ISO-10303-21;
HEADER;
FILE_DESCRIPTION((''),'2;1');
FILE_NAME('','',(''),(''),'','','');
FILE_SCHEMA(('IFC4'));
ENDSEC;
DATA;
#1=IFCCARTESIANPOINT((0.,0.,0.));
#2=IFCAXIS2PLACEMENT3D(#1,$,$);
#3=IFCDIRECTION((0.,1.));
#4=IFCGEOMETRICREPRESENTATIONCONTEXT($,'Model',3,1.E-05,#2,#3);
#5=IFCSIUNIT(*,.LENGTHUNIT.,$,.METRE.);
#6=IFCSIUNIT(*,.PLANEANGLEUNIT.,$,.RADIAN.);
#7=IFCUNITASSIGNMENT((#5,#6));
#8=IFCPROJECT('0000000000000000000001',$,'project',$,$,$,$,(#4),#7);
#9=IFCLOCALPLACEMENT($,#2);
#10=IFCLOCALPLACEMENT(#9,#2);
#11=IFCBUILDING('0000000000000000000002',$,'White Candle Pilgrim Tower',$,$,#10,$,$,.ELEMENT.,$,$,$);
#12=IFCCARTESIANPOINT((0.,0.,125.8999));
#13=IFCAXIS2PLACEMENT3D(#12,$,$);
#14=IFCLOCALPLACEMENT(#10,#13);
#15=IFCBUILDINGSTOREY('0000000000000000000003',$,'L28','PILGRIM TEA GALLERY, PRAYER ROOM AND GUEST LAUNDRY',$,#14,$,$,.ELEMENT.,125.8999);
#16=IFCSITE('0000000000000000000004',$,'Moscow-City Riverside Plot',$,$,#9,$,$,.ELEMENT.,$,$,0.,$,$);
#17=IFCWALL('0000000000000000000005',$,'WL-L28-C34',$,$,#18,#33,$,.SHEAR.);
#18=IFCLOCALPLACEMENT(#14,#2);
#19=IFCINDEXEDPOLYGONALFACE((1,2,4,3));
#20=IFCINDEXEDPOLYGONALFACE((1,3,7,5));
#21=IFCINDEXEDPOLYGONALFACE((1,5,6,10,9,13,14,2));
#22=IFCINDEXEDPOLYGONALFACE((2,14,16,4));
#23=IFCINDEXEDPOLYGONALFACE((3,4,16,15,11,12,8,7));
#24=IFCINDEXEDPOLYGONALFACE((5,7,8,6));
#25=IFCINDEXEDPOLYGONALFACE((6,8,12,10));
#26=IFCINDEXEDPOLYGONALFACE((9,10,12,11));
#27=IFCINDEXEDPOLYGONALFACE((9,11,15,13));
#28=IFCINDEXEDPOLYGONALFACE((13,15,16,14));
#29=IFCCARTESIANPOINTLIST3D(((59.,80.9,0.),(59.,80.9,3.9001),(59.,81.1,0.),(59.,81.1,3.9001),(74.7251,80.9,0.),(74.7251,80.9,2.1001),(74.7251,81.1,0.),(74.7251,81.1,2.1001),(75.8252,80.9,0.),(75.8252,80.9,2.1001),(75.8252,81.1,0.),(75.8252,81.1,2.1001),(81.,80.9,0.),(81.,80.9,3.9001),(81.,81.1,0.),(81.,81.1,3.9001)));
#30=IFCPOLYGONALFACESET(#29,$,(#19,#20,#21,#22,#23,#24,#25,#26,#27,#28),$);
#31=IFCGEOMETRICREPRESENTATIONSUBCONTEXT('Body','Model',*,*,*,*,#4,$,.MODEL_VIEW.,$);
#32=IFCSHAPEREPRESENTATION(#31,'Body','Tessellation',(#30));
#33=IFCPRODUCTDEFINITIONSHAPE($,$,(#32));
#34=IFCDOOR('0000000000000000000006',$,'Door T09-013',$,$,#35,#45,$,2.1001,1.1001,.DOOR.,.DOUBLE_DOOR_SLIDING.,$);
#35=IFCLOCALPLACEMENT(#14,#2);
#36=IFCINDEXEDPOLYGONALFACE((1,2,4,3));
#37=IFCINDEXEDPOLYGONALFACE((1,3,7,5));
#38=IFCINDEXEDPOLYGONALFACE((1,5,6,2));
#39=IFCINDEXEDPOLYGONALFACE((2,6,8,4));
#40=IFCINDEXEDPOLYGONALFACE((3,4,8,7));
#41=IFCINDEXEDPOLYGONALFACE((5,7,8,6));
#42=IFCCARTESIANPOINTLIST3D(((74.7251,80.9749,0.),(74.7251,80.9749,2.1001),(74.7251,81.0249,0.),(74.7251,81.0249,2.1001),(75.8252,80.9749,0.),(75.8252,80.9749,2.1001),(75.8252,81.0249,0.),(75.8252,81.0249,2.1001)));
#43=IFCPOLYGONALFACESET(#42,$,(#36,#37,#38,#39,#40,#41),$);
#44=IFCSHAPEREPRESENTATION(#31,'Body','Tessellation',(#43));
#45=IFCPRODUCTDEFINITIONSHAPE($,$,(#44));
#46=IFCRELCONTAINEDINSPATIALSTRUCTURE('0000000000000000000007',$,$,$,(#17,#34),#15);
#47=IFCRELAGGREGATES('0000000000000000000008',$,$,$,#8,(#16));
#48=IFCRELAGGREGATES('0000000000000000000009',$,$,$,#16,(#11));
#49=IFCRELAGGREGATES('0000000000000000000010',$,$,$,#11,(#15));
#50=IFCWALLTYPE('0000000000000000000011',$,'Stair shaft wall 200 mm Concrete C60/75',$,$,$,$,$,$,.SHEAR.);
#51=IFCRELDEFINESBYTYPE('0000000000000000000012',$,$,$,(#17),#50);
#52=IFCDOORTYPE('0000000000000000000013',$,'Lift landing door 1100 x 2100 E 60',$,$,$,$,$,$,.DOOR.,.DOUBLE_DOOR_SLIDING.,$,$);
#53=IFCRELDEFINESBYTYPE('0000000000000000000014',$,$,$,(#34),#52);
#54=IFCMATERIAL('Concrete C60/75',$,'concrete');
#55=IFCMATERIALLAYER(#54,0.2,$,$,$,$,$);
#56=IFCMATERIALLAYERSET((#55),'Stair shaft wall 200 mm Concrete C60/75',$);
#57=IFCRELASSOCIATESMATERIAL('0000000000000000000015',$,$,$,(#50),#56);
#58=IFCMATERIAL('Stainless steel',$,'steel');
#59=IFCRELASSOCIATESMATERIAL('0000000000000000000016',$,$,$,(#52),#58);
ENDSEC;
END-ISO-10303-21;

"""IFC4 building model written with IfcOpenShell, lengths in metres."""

from ifc_helpers import new_model, si_unit, direction, frame, frame_2d, origin, place, context, subcontext, project, spatial, rectangle, extrude, material, layer, layer_set, type_object, element, fill, save


model = new_model("IFC4")

# Units and contexts
model_context = context("Model", 3, precision=1e-05, world=origin(), true_north=direction((0.0, 1.0)))
body_context = subcontext(model_context, "Body", "Model", "MODEL_VIEW")
ifc_project = project(units=[si_unit("LENGTHUNIT", "METRE"), si_unit("PLANEANGLEUNIT", "RADIAN")], contexts=[model_context])

# Site, building, storey
site_placement = place(None, origin())
site = spatial("IfcSite", under=ifc_project, at=site_placement, Name="Moscow-City Riverside Plot", CompositionType="ELEMENT", RefElevation=0.0)
building_placement = place(site_placement, origin())
building = spatial("IfcBuilding", under=site, at=building_placement, Name="White Candle Pilgrim Tower", CompositionType="ELEMENT")
storey_placement = place(building_placement, frame((0.0, 0.0, 125.8999)))
storey = spatial("IfcBuildingStorey", under=building, at=storey_placement, Name="L28", Description="PILGRIM TEA GALLERY, PRAYER ROOM AND GUEST LAUNDRY", CompositionType="ELEMENT", Elevation=125.8999)

# Shared definitions
ifc_material_1 = material(Name="Concrete C60/75", Category="concrete")

# Wall, opening, door
ifc_layer_1 = layer(ifc_material_1, 0.2)
ifc_layer_set_1 = layer_set([ifc_layer_1], Name="Stair shaft wall 200 mm Concrete C60/75")
wall_type_1 = type_object("IfcWallType", Name="Stair shaft wall 200 mm Concrete C60/75", PredefinedType="SHEAR", material=ifc_layer_set_1)
wall_1_placement = place(storey_placement, frame((59.0, 81.0, 0.0), z_axis=(0.0, 0.0, 1.0), x_axis=(1.0, 0.0, 0.0)))
wall_1 = element("IfcWall", 1, at=wall_1_placement, inside=storey, type_object=wall_type_1, Name="WL-L28-C34", PredefinedType="SHEAR", context=body_context, shape_type="SweptSolid", body=[
    extrude(rectangle(XDim=22.0, YDim=0.2, at=frame_2d((11.0, 0.0))), origin(), (0.0, 0.0, 1.0), 3.9001),
])
opening_placement = place(wall_1_placement, frame((15.7251, 0.0, 0.0)))
opening = element("IfcOpeningElement", 2, at=opening_placement, cuts=wall_1, PredefinedType="OPENING", context=body_context, shape_type="SweptSolid", body=[
    extrude(rectangle(XDim=1.1001, YDim=2.1001, at=frame_2d((0.55, 1.05))), frame((0.0, 0.1099, 0.0), z_axis=(0.0, -1.0, 0.0), x_axis=(1.0, 0.0, 0.0)), (0.0, 0.0, 1.0), 0.22),
])
ifc_material_2 = material(Name="Stainless steel", Category="steel")
door_type = type_object("IfcDoorType", Name="Lift landing door 1100 x 2100 E 60", OperationType="DOUBLE_DOOR_SLIDING", PredefinedType="DOOR", material=ifc_material_2)
door_placement = place(opening_placement, origin())
door = element("IfcDoor", 3, at=door_placement, inside=storey, type_object=door_type, Name="Door T09-013", OperationType="DOUBLE_DOOR_SLIDING", OverallHeight=2.1001, OverallWidth=1.1001, PredefinedType="DOOR", context=body_context, shape_type="SweptSolid", body=[
    extrude(rectangle(XDim=1.1001, YDim=2.1001, at=frame_2d((0.55, 1.05))), frame((0.0, 0.0249, 0.0), z_axis=(0.0, -1.0, 0.0), x_axis=(1.0, 0.0, 0.0)), (0.0, 0.0, 1.0), 0.05),
])
fill(opening, door)

save(model, "model.ifc")
